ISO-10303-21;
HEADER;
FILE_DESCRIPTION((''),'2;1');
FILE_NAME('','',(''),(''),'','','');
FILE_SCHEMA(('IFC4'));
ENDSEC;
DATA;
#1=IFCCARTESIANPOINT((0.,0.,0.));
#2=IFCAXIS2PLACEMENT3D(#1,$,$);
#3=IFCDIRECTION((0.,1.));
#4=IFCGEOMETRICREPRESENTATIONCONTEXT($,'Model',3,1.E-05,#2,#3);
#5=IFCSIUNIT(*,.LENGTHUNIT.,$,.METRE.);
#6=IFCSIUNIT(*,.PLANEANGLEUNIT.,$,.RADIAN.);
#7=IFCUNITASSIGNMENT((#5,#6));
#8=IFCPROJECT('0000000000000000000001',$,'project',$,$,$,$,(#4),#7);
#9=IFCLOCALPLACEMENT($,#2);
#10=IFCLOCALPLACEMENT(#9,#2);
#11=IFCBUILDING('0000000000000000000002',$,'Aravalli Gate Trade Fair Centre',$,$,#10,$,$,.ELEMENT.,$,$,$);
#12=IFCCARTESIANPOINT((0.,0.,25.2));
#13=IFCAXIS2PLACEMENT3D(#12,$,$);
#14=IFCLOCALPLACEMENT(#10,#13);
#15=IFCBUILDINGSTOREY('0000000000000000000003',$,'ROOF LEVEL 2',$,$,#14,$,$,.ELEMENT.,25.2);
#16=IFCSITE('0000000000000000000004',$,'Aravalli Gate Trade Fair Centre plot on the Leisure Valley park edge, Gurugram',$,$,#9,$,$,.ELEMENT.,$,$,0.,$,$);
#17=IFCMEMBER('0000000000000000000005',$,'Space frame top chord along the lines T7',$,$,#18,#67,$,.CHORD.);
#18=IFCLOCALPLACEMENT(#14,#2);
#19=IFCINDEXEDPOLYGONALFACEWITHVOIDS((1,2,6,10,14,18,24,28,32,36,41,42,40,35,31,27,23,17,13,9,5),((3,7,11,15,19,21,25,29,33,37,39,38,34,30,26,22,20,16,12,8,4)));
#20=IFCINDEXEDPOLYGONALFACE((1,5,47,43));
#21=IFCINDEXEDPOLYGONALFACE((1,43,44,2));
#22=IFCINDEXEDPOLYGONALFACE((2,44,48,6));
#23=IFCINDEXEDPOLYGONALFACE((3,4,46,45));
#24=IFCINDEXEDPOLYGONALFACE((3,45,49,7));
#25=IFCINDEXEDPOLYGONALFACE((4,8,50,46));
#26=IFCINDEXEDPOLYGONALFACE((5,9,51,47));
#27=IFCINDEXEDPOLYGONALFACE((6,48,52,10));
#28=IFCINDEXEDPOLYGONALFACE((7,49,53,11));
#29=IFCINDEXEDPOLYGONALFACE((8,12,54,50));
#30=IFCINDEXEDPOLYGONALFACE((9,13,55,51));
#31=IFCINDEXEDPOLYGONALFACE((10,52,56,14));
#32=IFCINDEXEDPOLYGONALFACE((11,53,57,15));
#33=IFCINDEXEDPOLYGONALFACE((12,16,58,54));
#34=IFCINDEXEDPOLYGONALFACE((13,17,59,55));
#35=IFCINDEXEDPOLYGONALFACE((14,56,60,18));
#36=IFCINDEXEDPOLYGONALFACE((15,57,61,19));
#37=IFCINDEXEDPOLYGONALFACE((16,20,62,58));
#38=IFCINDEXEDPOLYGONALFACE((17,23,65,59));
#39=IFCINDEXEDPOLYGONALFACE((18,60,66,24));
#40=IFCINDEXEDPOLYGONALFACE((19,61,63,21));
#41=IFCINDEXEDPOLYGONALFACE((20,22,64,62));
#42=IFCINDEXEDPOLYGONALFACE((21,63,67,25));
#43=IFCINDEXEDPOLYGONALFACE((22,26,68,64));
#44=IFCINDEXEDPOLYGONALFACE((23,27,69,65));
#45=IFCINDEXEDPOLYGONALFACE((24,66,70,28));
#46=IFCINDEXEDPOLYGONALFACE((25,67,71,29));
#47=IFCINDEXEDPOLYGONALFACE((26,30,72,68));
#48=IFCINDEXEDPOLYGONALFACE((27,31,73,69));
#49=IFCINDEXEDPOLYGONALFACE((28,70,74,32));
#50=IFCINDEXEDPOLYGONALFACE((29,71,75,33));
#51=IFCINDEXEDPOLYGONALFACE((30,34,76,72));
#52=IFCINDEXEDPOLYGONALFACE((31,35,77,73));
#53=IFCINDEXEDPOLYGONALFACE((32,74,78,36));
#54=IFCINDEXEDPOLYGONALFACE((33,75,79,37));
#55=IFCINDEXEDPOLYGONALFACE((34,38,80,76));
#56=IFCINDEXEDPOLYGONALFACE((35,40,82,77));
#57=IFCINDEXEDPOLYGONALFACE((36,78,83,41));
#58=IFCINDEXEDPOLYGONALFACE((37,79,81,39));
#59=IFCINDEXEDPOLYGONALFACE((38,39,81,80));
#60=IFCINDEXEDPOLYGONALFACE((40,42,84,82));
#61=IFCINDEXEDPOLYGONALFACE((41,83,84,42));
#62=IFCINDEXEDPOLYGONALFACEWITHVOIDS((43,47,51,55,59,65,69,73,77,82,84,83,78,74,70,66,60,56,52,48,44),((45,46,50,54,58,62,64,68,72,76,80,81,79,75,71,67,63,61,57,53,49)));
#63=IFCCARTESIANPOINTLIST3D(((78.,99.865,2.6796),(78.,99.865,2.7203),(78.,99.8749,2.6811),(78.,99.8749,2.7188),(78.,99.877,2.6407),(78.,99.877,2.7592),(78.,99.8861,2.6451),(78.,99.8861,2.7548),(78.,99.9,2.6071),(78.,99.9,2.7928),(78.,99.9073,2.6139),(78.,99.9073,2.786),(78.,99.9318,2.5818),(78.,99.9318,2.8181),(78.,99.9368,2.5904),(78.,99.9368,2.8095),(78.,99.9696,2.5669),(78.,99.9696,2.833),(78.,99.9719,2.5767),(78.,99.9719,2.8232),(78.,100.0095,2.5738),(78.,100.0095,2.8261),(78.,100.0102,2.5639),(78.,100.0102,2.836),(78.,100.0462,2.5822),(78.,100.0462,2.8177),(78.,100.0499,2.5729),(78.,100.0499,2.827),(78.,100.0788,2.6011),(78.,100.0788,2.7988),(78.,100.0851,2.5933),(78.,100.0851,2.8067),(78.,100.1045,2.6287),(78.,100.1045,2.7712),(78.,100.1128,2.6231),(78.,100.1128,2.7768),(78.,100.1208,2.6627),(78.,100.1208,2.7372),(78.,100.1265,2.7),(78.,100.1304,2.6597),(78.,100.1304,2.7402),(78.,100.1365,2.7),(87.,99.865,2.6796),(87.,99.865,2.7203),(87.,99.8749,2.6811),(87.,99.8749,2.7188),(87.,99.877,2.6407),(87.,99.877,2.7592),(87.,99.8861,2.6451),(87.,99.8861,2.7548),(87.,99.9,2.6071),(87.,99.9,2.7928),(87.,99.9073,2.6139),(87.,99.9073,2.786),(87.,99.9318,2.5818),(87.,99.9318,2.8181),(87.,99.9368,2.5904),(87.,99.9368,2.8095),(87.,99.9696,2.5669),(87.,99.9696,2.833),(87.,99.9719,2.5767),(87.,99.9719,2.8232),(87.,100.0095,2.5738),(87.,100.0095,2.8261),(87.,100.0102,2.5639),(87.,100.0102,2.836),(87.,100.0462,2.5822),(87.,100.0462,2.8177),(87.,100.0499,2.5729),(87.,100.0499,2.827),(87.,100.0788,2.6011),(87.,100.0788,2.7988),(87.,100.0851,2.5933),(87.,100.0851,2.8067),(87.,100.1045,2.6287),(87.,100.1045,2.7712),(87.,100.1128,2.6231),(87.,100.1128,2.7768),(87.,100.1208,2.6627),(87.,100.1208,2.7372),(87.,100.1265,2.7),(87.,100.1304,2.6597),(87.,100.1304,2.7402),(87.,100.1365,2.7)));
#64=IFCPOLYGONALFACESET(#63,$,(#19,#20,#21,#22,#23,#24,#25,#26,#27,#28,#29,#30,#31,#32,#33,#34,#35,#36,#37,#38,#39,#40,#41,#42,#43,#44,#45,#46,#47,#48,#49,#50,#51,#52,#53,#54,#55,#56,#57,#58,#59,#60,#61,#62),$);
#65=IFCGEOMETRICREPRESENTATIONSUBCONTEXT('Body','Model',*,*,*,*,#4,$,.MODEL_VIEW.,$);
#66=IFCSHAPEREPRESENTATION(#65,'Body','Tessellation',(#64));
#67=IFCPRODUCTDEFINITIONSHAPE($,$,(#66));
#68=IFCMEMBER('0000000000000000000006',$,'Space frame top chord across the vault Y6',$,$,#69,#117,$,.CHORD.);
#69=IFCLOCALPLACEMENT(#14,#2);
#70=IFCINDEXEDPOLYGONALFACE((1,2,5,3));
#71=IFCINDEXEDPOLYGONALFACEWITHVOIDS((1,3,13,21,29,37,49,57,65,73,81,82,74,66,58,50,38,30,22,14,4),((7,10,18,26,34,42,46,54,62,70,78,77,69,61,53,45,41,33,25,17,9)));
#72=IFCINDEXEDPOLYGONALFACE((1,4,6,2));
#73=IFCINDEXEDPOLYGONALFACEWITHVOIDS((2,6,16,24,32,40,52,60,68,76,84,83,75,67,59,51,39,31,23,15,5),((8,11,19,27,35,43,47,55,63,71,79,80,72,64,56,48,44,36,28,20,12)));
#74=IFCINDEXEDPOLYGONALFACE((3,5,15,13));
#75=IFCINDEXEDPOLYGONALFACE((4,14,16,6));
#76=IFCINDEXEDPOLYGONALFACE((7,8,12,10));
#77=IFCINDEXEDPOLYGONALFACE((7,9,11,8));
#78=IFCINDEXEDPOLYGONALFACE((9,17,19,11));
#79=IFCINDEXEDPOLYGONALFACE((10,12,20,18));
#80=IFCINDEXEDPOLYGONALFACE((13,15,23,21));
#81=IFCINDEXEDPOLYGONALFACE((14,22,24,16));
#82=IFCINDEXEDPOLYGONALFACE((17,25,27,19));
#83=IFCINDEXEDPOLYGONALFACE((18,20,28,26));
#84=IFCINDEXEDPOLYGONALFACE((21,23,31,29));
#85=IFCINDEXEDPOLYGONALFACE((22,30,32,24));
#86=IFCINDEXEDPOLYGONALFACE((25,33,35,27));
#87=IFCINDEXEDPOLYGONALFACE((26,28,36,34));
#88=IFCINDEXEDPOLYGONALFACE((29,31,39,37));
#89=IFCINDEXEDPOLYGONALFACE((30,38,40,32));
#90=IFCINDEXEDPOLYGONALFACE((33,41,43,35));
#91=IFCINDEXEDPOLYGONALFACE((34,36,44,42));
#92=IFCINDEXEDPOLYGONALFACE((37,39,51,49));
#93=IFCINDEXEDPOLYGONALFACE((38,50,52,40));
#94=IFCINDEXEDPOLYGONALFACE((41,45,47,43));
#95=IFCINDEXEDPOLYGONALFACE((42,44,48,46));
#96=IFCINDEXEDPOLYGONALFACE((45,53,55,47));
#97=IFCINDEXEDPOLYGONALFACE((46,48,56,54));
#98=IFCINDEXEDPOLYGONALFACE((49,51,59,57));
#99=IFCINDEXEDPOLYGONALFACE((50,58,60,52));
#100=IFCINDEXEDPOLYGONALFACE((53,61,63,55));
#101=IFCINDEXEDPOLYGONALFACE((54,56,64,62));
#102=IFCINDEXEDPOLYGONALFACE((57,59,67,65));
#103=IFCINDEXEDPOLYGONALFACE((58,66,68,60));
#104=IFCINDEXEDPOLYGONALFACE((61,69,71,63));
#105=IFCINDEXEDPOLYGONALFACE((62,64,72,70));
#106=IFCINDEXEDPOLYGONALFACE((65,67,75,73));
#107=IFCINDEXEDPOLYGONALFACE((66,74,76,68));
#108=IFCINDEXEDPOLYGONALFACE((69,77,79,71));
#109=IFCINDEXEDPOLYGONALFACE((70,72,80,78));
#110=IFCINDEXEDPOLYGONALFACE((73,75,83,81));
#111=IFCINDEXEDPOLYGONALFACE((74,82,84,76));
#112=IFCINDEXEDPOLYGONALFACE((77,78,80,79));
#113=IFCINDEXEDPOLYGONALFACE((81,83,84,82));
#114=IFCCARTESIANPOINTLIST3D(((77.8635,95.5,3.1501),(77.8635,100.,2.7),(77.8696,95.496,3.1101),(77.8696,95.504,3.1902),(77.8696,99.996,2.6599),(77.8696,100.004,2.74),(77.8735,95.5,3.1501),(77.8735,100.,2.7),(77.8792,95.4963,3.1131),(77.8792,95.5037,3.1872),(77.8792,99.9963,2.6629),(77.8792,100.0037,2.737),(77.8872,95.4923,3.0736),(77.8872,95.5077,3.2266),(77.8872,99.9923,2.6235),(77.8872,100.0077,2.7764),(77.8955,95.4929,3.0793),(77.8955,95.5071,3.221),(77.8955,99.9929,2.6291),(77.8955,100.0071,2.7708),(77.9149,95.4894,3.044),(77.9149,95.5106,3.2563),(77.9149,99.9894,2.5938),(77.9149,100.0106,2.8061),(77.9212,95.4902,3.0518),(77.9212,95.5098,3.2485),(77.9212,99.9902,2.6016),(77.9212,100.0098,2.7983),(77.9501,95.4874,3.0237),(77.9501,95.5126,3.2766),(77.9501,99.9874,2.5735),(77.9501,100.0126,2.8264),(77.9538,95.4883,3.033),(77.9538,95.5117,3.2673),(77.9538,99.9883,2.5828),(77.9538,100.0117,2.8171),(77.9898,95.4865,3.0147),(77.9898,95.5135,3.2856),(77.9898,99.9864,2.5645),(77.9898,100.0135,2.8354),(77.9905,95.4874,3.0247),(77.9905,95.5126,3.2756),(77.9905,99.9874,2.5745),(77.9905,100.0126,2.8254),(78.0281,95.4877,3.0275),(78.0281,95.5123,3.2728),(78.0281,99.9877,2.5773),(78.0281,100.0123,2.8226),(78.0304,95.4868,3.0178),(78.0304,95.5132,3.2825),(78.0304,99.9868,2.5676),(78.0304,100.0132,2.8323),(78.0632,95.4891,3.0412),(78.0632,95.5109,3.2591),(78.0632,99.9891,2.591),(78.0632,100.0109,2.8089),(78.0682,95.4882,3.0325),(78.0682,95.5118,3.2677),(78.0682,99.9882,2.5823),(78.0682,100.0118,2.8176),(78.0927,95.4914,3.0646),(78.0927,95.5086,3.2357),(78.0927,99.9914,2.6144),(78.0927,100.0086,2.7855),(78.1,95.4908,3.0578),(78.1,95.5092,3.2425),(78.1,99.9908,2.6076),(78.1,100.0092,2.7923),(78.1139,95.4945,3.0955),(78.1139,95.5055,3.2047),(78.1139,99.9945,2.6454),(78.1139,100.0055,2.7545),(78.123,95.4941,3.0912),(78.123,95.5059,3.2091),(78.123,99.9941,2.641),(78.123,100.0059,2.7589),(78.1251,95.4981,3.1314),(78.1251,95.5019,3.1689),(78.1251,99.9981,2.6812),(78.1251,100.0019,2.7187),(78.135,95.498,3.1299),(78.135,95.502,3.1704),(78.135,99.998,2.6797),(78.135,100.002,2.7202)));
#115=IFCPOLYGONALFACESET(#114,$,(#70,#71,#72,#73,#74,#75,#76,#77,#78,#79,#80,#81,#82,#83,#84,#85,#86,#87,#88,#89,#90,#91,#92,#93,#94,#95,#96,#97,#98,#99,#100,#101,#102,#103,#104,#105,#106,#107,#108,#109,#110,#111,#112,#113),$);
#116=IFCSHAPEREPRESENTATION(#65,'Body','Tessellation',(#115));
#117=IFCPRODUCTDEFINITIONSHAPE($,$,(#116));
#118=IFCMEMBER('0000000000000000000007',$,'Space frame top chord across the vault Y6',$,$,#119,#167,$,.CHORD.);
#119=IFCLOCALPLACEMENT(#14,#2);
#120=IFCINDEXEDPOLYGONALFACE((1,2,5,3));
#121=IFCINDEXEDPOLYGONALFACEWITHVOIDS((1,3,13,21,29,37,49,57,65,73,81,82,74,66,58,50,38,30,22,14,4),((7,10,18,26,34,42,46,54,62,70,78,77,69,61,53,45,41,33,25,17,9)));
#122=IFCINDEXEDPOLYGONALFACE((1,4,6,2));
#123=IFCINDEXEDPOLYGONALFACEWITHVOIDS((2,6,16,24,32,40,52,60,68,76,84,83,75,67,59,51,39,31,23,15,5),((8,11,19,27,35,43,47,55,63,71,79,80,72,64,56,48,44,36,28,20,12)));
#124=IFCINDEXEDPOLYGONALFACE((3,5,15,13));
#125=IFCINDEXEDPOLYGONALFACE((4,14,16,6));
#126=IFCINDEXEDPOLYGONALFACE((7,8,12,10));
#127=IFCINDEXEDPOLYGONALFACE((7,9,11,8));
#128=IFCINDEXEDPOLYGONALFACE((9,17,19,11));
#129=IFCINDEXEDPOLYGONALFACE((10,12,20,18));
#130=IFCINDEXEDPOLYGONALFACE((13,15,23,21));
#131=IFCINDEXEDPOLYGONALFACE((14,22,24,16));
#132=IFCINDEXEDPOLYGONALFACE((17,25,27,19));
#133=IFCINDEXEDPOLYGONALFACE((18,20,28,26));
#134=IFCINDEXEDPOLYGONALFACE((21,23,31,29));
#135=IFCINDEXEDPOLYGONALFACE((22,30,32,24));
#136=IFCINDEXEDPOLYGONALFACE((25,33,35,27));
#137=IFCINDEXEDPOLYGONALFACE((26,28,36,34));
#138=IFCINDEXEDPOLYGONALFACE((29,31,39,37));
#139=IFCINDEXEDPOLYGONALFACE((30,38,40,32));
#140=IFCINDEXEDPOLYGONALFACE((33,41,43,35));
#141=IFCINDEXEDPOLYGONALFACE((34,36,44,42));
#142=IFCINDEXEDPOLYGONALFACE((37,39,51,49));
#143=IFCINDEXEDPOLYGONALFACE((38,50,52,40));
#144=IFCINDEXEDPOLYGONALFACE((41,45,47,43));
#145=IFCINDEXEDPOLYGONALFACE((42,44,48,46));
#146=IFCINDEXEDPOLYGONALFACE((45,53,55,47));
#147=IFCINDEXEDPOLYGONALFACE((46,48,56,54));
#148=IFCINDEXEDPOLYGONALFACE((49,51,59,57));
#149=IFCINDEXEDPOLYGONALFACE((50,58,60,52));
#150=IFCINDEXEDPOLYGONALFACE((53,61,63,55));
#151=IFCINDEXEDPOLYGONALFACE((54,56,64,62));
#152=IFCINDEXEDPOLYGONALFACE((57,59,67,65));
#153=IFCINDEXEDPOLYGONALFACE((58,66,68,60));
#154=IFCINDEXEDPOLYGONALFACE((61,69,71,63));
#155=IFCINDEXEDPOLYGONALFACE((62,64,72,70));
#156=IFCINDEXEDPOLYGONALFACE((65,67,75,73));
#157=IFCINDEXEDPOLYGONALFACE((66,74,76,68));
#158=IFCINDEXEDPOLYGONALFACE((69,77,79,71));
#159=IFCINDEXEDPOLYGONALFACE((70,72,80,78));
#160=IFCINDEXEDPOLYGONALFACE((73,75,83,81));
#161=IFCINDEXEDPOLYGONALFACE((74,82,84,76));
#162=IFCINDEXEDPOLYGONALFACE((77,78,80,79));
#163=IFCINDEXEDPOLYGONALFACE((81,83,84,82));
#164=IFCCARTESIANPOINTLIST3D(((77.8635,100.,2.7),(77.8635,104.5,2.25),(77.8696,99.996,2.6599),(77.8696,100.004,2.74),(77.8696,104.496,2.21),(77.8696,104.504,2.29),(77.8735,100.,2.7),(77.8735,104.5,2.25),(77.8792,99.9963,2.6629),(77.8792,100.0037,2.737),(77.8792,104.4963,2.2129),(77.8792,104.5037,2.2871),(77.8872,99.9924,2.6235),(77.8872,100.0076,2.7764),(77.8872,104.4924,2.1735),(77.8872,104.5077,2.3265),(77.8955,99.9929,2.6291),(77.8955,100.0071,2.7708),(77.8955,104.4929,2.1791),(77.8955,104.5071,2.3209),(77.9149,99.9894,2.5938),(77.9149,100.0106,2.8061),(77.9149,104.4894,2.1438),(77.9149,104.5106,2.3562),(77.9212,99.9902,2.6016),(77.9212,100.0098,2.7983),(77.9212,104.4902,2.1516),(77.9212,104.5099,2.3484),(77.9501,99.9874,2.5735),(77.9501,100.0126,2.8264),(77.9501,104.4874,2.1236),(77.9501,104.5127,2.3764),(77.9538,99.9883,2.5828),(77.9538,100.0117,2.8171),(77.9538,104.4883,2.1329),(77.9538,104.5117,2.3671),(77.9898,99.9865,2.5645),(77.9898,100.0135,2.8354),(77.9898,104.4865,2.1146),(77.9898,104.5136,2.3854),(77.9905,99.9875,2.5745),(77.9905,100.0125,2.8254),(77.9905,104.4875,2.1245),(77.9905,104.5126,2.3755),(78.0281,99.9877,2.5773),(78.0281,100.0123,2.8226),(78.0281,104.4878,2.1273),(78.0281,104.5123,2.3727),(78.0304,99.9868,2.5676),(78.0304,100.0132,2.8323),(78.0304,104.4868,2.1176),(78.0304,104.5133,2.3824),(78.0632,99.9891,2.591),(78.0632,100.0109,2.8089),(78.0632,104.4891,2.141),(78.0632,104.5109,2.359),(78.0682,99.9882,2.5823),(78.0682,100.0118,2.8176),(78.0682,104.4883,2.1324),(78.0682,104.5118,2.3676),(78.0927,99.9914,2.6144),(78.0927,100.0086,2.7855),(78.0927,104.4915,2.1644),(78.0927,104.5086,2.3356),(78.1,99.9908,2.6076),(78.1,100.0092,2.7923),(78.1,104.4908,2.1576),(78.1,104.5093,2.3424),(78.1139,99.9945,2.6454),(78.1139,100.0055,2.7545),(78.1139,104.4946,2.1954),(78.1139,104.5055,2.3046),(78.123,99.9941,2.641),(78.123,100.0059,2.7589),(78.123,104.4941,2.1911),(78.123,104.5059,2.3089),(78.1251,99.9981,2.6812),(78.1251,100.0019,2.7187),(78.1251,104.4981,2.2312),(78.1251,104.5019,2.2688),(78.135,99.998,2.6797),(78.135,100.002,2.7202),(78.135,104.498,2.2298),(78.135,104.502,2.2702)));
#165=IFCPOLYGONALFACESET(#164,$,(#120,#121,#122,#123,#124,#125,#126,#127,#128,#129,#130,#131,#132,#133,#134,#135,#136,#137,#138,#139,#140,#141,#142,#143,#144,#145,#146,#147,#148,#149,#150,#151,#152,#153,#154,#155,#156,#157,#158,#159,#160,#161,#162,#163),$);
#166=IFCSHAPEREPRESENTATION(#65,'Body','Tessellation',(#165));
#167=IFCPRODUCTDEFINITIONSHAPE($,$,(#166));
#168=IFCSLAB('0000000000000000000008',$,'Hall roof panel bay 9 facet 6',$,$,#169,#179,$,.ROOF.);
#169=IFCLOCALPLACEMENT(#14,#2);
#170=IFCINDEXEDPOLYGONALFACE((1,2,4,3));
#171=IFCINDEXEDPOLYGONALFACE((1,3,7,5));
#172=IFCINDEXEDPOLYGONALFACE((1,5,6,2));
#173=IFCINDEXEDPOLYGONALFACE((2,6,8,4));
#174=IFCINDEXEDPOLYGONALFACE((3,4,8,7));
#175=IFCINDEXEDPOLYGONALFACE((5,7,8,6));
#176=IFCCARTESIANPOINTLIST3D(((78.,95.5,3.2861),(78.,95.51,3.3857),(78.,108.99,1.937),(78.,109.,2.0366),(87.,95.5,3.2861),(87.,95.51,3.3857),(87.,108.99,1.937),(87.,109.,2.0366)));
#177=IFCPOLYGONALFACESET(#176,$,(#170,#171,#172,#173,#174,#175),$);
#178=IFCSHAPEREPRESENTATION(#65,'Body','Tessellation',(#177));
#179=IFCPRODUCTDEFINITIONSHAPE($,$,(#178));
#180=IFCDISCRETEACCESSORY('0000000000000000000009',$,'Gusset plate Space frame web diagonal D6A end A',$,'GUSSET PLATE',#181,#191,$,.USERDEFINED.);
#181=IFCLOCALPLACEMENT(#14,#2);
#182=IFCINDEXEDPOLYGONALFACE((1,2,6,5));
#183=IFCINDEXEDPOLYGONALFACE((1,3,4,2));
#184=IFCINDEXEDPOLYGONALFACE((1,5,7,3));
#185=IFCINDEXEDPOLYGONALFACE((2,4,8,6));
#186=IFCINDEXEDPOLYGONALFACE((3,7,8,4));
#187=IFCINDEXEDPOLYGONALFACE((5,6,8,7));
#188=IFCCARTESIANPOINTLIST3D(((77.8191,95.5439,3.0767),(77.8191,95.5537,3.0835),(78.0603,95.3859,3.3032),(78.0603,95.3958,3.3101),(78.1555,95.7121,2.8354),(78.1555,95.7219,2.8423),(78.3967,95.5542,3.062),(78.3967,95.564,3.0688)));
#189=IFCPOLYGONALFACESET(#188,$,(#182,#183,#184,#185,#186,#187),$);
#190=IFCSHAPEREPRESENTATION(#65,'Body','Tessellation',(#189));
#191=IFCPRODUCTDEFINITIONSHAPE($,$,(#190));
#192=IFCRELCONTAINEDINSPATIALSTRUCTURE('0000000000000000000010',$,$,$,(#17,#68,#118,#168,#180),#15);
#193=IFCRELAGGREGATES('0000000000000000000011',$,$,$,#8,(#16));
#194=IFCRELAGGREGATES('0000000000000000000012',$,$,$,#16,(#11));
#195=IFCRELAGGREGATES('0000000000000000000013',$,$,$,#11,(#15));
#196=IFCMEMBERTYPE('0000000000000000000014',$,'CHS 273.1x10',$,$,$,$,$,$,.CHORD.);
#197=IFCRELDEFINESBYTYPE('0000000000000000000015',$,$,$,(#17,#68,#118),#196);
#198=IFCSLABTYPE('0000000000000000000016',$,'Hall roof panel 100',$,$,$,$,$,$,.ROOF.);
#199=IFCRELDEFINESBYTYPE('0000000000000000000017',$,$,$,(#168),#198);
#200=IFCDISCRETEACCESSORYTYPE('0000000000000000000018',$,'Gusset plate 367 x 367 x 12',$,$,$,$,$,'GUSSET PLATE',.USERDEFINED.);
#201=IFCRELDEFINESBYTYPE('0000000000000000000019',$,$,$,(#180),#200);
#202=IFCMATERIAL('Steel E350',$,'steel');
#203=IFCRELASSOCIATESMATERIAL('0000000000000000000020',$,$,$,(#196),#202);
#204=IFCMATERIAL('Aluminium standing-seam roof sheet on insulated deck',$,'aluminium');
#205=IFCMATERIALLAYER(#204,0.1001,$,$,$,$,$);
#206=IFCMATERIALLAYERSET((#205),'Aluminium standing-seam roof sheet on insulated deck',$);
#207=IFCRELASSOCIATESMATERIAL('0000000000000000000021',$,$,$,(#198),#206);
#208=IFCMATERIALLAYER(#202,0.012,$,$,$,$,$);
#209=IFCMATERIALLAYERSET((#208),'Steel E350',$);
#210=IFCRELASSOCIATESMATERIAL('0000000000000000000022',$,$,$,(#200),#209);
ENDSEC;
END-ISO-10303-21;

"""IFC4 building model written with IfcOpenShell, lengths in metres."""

from ifc_helpers import new_model, si_unit, direction, frame, origin, origin_2d, place, context, subcontext, project, spatial, polyline, hollow_circle, outline, extrude, material, layer, layer_set, material_profile, profile_set, type_object, element, save


model = new_model("IFC4")

# Units and contexts
model_context = context("Model", 3, precision=1e-05, world=origin(), true_north=direction((0.0, 1.0)))
body_context = subcontext(model_context, "Body", "Model", "MODEL_VIEW")
ifc_project = project(units=[si_unit("LENGTHUNIT", "METRE"), si_unit("PLANEANGLEUNIT", "RADIAN")], contexts=[model_context])

# Site, building, storey
site_placement = place(None, origin())
site = spatial("IfcSite", under=ifc_project, at=site_placement, Name="Aravalli Gate Trade Fair Centre plot on the Leisure Valley park edge, Gurugram", CompositionType="ELEMENT", RefElevation=0.0)
building_placement = place(site_placement, origin())
building = spatial("IfcBuilding", under=site, at=building_placement, Name="Aravalli Gate Trade Fair Centre", CompositionType="ELEMENT")
storey_placement = place(building_placement, frame((0.0, 0.0, 25.2)))
storey = spatial("IfcBuildingStorey", under=building, at=storey_placement, Name="ROOF LEVEL 2", CompositionType="ELEMENT", Elevation=25.2)

# Members
ifc_material_1 = material(Name="Steel E350", Category="steel")
ifc_material_profile_1 = material_profile(ifc_material_1, hollow_circle(Radius=0.1365, WallThickness=0.01, at=origin_2d()), Name="CHS 273.1x10")
ifc_profile_set_1 = profile_set([ifc_material_profile_1], Name="Steel E350")
member_type_1 = type_object("IfcMemberType", Name="CHS 273.1x10", PredefinedType="CHORD", material=ifc_profile_set_1)
for number, where, z_axis, x_axis, name in (
    (1, (78.0, 100.0, 2.7), (1.0, 0.0, 0.0), (0.0, 1.0, 0.0), "Space frame top chord along the lines T7"),
):
    element("IfcMember", number, at=place(storey_placement, frame(where, z_axis=z_axis, x_axis=x_axis)), inside=storey, type_object=member_type_1, Name=name, PredefinedType="CHORD", context=body_context, shape_type="SweptSolid", body=[
        extrude(hollow_circle(Radius=0.1365, WallThickness=0.01, at=origin_2d()), origin(), (0.0, 0.0, 1.0), 9.0),
    ])
for number, where, z_axis, x_axis, name in (
    (2, (78.0, 95.5, 3.1501), (0.0, 0.995033, -0.099546), (-1.0, 0.0, 0.0), "Space frame top chord across the vault Y6"),
    (3, (78.0, 100.0, 2.7), (0.0, 0.995038, -0.099493), (-1.0, 0.0, 0.0), "Space frame top chord across the vault Y6"),
):
    element("IfcMember", number, at=place(storey_placement, frame(where, z_axis=z_axis, x_axis=x_axis)), inside=storey, type_object=member_type_1, Name=name, PredefinedType="CHORD", context=body_context, shape_type="SweptSolid", body=[
        extrude(hollow_circle(Radius=0.1365, WallThickness=0.01, at=origin_2d()), origin(), (0.0, 0.0, 1.0), 4.5225),
    ])

# Slab
ifc_material_2 = material(Name="Aluminium standing-seam roof sheet on insulated deck", Category="aluminium")
ifc_layer_1 = layer(ifc_material_2, 0.1001)
ifc_layer_set_1 = layer_set([ifc_layer_1], Name="Aluminium standing-seam roof sheet on insulated deck")
slab_type = type_object("IfcSlabType", Name="Hall roof panel 100", PredefinedType="ROOF", material=ifc_layer_set_1)
slab_placement = place(storey_placement, frame((78.0, 95.51, 3.3857), z_axis=(0.0, 0.099513, 0.995036), x_axis=(1.0, 0.0, 0.0)))
element("IfcSlab", 4, at=slab_placement, inside=storey, type_object=slab_type, Name="Hall roof panel bay 9 facet 6", PredefinedType="ROOF", context=body_context, shape_type="SweptSolid", body=[
    extrude(outline(polyline([(0.0, 0.0), (9.0, 0.0), (9.0, 13.5573), (0.0, 13.5573), (0.0, 0.0)])), origin(), (0.0, 0.0, -1.0), 0.1001),
])

# Discrete accessory
ifc_layer_2 = layer(ifc_material_1, 0.012)
ifc_layer_set_2 = layer_set([ifc_layer_2], Name="Steel E350")
discrete_accessory_type = type_object("IfcDiscreteAccessoryType", Name="Gusset plate 367 x 367 x 12", ElementType="GUSSET PLATE", PredefinedType="USERDEFINED", material=ifc_layer_set_2)
discrete_accessory_1_placement = place(storey_placement, frame((78.1555, 95.7219, 2.8423), z_axis=(-0.000057, 0.820282, 0.57196), x_axis=(-0.75291, -0.376455, 0.539822)))
element("IfcDiscreteAccessory", 5, at=discrete_accessory_1_placement, inside=storey, type_object=discrete_accessory_type, Name="Gusset plate Space frame web diagonal D6A end A", ObjectType="GUSSET PLATE", PredefinedType="USERDEFINED", context=body_context, shape_type="SweptSolid", body=[
    extrude(outline(polyline([(0.0, 0.0), (0.4468, 0.0), (0.447, 0.3667), (0.0002, 0.3667), (0.0, 0.0)])), origin(), (0.0, 0.0, -1.0), 0.012),
])

save(model, "model.ifc")
